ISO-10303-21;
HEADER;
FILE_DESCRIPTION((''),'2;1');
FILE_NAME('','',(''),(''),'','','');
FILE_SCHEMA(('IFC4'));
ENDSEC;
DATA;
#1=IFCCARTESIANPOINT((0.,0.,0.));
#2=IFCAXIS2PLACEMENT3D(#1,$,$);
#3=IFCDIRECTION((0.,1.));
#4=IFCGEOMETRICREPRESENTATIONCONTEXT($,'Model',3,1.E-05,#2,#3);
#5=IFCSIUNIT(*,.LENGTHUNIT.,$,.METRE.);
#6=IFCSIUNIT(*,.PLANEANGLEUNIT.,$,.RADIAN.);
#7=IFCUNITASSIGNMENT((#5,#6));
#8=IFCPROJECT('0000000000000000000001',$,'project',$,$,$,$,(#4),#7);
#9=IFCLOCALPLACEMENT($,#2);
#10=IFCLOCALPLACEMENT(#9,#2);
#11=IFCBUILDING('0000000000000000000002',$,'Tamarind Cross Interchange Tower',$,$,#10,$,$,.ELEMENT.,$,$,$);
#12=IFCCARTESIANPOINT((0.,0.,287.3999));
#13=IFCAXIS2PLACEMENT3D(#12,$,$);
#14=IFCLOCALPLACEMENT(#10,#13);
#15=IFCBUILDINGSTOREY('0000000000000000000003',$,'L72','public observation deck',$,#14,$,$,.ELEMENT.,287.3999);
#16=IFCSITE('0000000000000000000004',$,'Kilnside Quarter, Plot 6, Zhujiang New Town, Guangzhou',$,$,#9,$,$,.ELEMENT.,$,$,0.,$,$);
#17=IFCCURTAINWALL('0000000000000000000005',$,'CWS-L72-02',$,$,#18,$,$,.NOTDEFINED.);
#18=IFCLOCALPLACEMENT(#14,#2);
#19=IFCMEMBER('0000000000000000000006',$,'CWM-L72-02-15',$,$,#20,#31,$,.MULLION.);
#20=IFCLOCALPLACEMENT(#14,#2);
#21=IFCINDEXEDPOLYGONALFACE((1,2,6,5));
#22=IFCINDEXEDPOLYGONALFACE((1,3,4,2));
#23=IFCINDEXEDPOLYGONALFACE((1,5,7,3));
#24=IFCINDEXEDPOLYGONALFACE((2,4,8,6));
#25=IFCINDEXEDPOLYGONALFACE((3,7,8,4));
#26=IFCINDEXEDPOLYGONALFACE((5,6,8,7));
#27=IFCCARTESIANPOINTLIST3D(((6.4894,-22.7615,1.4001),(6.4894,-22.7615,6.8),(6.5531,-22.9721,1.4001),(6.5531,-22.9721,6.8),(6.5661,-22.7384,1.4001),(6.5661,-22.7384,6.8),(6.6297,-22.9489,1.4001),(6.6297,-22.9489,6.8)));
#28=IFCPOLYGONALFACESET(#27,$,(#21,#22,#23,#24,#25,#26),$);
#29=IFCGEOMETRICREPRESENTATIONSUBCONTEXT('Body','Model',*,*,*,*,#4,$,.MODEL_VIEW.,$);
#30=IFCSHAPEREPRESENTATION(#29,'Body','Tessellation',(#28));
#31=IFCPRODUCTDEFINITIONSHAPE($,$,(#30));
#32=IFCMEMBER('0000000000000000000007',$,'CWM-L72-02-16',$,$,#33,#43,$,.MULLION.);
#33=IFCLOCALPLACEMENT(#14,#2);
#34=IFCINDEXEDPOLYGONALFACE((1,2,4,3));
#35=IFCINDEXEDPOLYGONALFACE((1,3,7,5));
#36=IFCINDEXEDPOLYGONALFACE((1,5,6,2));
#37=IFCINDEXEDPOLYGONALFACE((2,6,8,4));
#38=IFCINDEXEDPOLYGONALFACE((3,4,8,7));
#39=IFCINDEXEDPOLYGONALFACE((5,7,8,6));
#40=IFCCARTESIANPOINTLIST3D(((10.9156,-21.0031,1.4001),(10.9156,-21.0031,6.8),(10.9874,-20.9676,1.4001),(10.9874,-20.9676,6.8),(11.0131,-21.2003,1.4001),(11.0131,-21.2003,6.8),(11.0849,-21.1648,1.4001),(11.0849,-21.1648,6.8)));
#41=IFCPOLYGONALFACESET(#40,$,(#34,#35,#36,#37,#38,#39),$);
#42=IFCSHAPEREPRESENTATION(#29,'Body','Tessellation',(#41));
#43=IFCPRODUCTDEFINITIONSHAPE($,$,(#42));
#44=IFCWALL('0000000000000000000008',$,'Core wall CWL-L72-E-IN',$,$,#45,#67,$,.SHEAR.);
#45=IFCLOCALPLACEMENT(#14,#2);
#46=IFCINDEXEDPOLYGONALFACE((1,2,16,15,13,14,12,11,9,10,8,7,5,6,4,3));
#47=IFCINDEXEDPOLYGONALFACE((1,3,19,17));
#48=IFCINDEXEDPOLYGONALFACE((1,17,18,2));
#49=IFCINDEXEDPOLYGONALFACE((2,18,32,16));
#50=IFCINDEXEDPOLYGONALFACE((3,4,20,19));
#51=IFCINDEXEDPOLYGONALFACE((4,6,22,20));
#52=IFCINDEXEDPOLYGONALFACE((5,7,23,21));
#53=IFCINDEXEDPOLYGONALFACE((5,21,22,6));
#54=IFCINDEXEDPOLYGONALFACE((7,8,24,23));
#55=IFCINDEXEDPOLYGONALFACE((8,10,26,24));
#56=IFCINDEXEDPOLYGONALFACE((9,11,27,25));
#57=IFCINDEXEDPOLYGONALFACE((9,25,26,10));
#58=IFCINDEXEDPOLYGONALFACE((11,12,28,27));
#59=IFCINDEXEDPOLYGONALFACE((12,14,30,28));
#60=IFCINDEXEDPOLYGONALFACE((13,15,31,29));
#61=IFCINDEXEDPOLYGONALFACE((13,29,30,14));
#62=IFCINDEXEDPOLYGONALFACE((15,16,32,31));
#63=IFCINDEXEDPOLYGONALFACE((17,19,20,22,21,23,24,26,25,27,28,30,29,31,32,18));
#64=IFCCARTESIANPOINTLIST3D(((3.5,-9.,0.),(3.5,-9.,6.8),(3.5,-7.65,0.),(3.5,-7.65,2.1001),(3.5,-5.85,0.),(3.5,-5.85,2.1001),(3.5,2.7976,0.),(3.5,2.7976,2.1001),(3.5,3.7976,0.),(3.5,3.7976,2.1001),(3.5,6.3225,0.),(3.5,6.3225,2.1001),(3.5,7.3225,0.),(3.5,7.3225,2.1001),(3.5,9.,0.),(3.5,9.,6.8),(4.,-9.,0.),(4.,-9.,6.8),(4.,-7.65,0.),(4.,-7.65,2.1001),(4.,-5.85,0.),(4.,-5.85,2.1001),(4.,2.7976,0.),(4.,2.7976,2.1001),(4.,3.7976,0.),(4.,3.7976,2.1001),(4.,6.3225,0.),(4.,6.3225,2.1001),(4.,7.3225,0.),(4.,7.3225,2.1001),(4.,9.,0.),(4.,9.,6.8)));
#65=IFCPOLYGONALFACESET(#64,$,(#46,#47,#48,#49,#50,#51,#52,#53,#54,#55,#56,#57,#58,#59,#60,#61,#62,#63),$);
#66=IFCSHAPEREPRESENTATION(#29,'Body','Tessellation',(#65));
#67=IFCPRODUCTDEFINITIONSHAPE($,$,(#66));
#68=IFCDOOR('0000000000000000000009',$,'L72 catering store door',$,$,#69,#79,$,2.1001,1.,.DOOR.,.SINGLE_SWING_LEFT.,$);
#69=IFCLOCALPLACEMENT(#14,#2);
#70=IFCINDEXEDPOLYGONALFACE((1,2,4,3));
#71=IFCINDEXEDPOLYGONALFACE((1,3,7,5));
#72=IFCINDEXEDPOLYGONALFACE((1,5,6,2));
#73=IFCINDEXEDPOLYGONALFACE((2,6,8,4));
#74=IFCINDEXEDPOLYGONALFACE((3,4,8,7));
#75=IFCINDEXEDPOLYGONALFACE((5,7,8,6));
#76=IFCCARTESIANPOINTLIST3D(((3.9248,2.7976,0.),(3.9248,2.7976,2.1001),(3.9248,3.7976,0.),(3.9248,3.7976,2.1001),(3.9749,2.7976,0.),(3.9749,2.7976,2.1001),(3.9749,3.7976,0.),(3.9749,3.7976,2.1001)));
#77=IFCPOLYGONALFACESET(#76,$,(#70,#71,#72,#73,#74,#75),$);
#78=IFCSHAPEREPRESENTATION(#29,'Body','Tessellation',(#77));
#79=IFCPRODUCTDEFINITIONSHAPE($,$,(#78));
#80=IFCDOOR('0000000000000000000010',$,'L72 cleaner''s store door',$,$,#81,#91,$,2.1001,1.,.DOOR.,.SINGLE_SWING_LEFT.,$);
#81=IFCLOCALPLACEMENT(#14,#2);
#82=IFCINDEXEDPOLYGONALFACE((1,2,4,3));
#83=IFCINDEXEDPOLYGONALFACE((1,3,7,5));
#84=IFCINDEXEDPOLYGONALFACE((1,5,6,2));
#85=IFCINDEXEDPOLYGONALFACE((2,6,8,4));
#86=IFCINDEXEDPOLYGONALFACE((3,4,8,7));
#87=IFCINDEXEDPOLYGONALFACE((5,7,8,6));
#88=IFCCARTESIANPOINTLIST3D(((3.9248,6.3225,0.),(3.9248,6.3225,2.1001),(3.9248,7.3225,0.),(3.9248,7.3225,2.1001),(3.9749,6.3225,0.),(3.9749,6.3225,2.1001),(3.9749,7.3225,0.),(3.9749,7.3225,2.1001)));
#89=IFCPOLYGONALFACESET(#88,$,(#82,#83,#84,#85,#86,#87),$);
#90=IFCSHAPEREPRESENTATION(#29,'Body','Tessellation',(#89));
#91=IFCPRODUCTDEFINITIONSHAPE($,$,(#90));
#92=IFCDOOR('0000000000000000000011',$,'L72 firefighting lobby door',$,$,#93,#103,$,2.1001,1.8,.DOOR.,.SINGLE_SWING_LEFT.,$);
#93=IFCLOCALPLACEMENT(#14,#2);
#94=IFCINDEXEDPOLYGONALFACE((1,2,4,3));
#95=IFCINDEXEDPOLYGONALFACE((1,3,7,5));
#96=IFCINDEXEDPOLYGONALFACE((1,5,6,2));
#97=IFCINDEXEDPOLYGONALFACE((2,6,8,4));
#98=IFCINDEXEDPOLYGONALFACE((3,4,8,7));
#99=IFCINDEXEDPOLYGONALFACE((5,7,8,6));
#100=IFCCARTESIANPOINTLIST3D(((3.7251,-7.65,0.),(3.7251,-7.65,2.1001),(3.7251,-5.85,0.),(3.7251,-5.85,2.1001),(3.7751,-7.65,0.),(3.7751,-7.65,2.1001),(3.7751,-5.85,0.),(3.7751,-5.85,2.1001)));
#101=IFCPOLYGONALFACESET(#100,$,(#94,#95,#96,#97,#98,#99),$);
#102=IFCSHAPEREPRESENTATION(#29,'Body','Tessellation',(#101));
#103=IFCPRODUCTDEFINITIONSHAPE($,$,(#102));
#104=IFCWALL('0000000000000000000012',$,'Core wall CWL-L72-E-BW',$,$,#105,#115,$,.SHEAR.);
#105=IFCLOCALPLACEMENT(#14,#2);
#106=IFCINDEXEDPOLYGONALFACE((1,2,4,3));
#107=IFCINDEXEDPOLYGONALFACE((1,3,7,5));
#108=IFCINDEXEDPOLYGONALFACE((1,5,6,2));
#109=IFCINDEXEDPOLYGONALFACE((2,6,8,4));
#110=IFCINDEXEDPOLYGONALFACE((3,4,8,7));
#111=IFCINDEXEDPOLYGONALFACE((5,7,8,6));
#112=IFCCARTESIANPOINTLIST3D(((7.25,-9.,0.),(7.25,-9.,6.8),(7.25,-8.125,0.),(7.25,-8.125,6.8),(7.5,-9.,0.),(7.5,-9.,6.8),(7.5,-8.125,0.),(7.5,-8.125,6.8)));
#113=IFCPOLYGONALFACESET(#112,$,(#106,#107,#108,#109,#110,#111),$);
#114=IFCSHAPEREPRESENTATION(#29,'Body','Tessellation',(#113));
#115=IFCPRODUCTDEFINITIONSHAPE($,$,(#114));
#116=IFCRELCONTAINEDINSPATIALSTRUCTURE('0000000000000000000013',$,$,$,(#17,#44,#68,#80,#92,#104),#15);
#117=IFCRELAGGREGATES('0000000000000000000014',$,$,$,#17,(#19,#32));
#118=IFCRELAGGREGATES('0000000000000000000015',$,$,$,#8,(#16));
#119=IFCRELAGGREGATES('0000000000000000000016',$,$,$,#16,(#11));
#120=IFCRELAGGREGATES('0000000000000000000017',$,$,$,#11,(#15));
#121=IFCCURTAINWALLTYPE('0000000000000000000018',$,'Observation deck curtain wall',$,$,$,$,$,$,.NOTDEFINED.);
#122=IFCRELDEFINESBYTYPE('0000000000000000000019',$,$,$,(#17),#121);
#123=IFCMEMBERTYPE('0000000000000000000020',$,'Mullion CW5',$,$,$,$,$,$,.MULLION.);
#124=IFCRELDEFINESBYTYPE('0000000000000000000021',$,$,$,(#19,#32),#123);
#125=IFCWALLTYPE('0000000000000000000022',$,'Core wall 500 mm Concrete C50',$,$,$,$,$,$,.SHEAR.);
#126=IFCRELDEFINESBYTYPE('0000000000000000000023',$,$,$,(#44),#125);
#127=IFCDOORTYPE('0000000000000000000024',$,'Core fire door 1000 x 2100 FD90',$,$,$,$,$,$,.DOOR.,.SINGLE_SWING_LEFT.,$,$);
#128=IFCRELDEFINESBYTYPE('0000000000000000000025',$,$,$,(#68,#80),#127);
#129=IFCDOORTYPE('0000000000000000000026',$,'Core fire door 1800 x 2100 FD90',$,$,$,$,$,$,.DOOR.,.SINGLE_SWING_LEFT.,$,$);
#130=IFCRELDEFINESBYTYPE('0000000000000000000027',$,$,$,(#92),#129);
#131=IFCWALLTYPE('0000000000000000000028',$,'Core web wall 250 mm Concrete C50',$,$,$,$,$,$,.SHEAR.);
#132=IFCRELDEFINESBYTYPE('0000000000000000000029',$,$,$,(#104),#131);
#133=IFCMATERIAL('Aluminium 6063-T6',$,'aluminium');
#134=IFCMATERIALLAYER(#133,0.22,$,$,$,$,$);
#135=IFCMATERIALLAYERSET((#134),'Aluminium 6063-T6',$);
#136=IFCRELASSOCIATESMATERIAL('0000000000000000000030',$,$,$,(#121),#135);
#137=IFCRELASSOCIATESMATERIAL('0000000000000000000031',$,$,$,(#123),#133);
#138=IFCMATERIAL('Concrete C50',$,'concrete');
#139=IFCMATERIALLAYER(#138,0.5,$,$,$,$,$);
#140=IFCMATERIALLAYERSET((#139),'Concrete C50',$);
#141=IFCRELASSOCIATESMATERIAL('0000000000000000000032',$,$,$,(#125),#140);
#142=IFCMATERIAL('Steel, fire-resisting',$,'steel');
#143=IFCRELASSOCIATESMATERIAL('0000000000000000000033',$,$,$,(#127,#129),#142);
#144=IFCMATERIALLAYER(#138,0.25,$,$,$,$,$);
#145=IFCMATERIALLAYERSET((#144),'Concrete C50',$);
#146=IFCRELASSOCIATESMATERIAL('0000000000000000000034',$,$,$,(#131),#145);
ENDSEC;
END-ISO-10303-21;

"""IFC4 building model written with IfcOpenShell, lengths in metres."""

from ifc_helpers import new_model, si_unit, direction, frame, frame_2d, origin, origin_2d, place, context, subcontext, project, spatial, rectangle, extrude, material, layer, layer_set, material_profile, profile_set, type_object, element, fill, aggregate, save


model = new_model("IFC4")

# Units and contexts
model_context = context("Model", 3, precision=1e-05, world=origin(), true_north=direction((0.0, 1.0)))
body_context = subcontext(model_context, "Body", "Model", "MODEL_VIEW")
ifc_project = project(units=[si_unit("LENGTHUNIT", "METRE"), si_unit("PLANEANGLEUNIT", "RADIAN")], contexts=[model_context])

# Site, building, storey
site_placement = place(None, origin())
site = spatial("IfcSite", under=ifc_project, at=site_placement, Name="Kilnside Quarter, Plot 6, Zhujiang New Town, Guangzhou", CompositionType="ELEMENT", RefElevation=0.0)
building_placement = place(site_placement, origin())
building = spatial("IfcBuilding", under=site, at=building_placement, Name="Tamarind Cross Interchange Tower", CompositionType="ELEMENT")
storey_placement = place(building_placement, frame((0.0, 0.0, 287.3999)))
storey = spatial("IfcBuildingStorey", under=building, at=storey_placement, Name="L72", Description="public observation deck", CompositionType="ELEMENT", Elevation=287.3999)

# Curtain wall, members
ifc_material_1 = material(Name="Aluminium 6063-T6", Category="aluminium")
ifc_layer_1 = layer(ifc_material_1, 0.22)
ifc_layer_set_1 = layer_set([ifc_layer_1], Name="Aluminium 6063-T6")
curtain_wall_type = type_object("IfcCurtainWallType", Name="Observation deck curtain wall", PredefinedType="NOTDEFINED", material=ifc_layer_set_1)
curtain_wall_placement = place(storey_placement, origin())
curtain_wall = element("IfcCurtainWall", 1, at=curtain_wall_placement, inside=storey, type_object=curtain_wall_type, Name="CWS-L72-02", PredefinedType="NOTDEFINED")
ifc_material_profile_1 = material_profile(ifc_material_1, rectangle(XDim=0.0801, YDim=0.22, at=origin_2d()), Name="Mullion CW5")
ifc_profile_set_1 = profile_set([ifc_material_profile_1], Name="Aluminium 6063-T6")
member_type = type_object("IfcMemberType", Name="Mullion CW5", PredefinedType="MULLION", material=ifc_profile_set_1)
member_1_placement = place(storey_placement, frame((6.5596, -22.8552, 1.4001), z_axis=(0.0, 0.0, 1.0), x_axis=(0.957191, 0.289458, 0.0)))
member_1 = element("IfcMember", 2, at=member_1_placement, type_object=member_type, Name="CWM-L72-02-15", PredefinedType="MULLION", context=body_context, shape_type="SweptSolid", body=[
    extrude(rectangle(XDim=0.0801, YDim=0.22, at=origin_2d()), origin(), (0.0, 0.0, 1.0), 5.3999),
])
member_2_placement = place(storey_placement, frame((11.0002, -21.084, 1.4001), z_axis=(0.0, 0.0, 1.0), x_axis=(0.896493, 0.443059, 0.0)))
member_2 = element("IfcMember", 3, at=member_2_placement, type_object=member_type, Name="CWM-L72-02-16", PredefinedType="MULLION", context=body_context, shape_type="SweptSolid", body=[
    extrude(rectangle(XDim=0.0801, YDim=0.22, at=origin_2d()), origin(), (0.0, 0.0, 1.0), 5.3999),
])
aggregate(curtain_wall, [member_1, member_2])

# Wall, openings, doors
ifc_material_2 = material(Name="Concrete C50", Category="concrete")
ifc_layer_2 = layer(ifc_material_2, 0.5)
ifc_layer_set_2 = layer_set([ifc_layer_2], Name="Concrete C50")
wall_type_1 = type_object("IfcWallType", Name="Core wall 500 mm Concrete C50", PredefinedType="SHEAR", material=ifc_layer_set_2)
wall_1_placement = place(storey_placement, frame((3.75, -9.0, 0.0), z_axis=(0.0, 0.0, 1.0), x_axis=(0.0, 1.0, 0.0)))
wall_1 = element("IfcWall", 4, at=wall_1_placement, inside=storey, type_object=wall_type_1, Name="Core wall CWL-L72-E-IN", PredefinedType="SHEAR", context=body_context, shape_type="SweptSolid", body=[
    extrude(rectangle(XDim=18.0, YDim=0.5, at=frame_2d((9.0, 0.0))), origin(), (0.0, 0.0, 1.0), 6.8),
])
opening_1_placement = place(wall_1_placement, frame((1.3501, 0.0, 0.0)))
opening_1 = element("IfcOpeningElement", 5, at=opening_1_placement, cuts=wall_1, PredefinedType="OPENING", context=body_context, shape_type="SweptSolid", body=[
    extrude(rectangle(XDim=1.8, YDim=2.1001, at=frame_2d((0.8999, 1.05))), frame((0.0, 0.26, 0.0), z_axis=(0.0, -1.0, 0.0), x_axis=(1.0, 0.0, 0.0)), (0.0, 0.0, 1.0), 0.52),
])
opening_2_placement = place(wall_1_placement, frame((11.7976, 0.0, 0.0)))
opening_2 = element("IfcOpeningElement", 6, at=opening_2_placement, cuts=wall_1, PredefinedType="OPENING", context=body_context, shape_type="SweptSolid", body=[
    extrude(rectangle(XDim=1.0, YDim=2.1001, at=frame_2d((0.5, 1.05))), frame((0.0, 0.26, 0.0), z_axis=(0.0, -1.0, 0.0), x_axis=(1.0, 0.0, 0.0)), (0.0, 0.0, 1.0), 0.52),
])
opening_3_placement = place(wall_1_placement, frame((15.3225, 0.0, 0.0)))
opening_3 = element("IfcOpeningElement", 7, at=opening_3_placement, cuts=wall_1, PredefinedType="OPENING", context=body_context, shape_type="SweptSolid", body=[
    extrude(rectangle(XDim=1.0, YDim=2.1001, at=frame_2d((0.5, 1.05))), frame((0.0, 0.26, 0.0), z_axis=(0.0, -1.0, 0.0), x_axis=(1.0, 0.0, 0.0)), (0.0, 0.0, 1.0), 0.52),
])
ifc_material_3 = material(Name="Steel, fire-resisting", Category="steel")
door_type_1 = type_object("IfcDoorType", Name="Core fire door 1000 x 2100 FD90", OperationType="SINGLE_SWING_LEFT", PredefinedType="DOOR", material=ifc_material_3)
door_1_placement = place(opening_2_placement, origin())
door_1 = element("IfcDoor", 8, at=door_1_placement, inside=storey, type_object=door_type_1, Name="L72 catering store door", OperationType="SINGLE_SWING_LEFT", OverallHeight=2.1001, OverallWidth=1.0, PredefinedType="DOOR", context=body_context, shape_type="SweptSolid", body=[
    extrude(rectangle(XDim=1.0, YDim=2.1001, at=frame_2d((0.5, 1.05))), frame((0.0, -0.1748, 0.0), z_axis=(0.0, -1.0, 0.0), x_axis=(1.0, 0.0, 0.0)), (0.0, 0.0, 1.0), 0.05),
])
fill(opening_2, door_1)
door_2_placement = place(opening_3_placement, origin())
door_2 = element("IfcDoor", 9, at=door_2_placement, inside=storey, type_object=door_type_1, Name="L72 cleaner's store door", OperationType="SINGLE_SWING_LEFT", OverallHeight=2.1001, OverallWidth=1.0, PredefinedType="DOOR", context=body_context, shape_type="SweptSolid", body=[
    extrude(rectangle(XDim=1.0, YDim=2.1001, at=frame_2d((0.5, 1.05))), frame((0.0, -0.1748, 0.0), z_axis=(0.0, -1.0, 0.0), x_axis=(1.0, 0.0, 0.0)), (0.0, 0.0, 1.0), 0.05),
])
fill(opening_3, door_2)
door_type_2 = type_object("IfcDoorType", Name="Core fire door 1800 x 2100 FD90", OperationType="SINGLE_SWING_LEFT", PredefinedType="DOOR", material=ifc_material_3)
door_3_placement = place(opening_1_placement, origin())
door_3 = element("IfcDoor", 10, at=door_3_placement, inside=storey, type_object=door_type_2, Name="L72 firefighting lobby door", OperationType="SINGLE_SWING_LEFT", OverallHeight=2.1001, OverallWidth=1.8, PredefinedType="DOOR", context=body_context, shape_type="SweptSolid", body=[
    extrude(rectangle(XDim=1.8, YDim=2.1001, at=frame_2d((0.8999, 1.05))), frame((0.0, 0.0249, 0.0), z_axis=(0.0, -1.0, 0.0), x_axis=(1.0, 0.0, 0.0)), (0.0, 0.0, 1.0), 0.05),
])
fill(opening_1, door_3)

# Wall
ifc_layer_3 = layer(ifc_material_2, 0.25)
ifc_layer_set_3 = layer_set([ifc_layer_3], Name="Concrete C50")
wall_type_2 = type_object("IfcWallType", Name="Core web wall 250 mm Concrete C50", PredefinedType="SHEAR", material=ifc_layer_set_3)
wall_2_placement = place(storey_placement, frame((7.375, -9.0, 0.0), z_axis=(0.0, 0.0, 1.0), x_axis=(0.0, 1.0, 0.0)))
element("IfcWall", 11, at=wall_2_placement, inside=storey, type_object=wall_type_2, Name="Core wall CWL-L72-E-BW", PredefinedType="SHEAR", context=body_context, shape_type="SweptSolid", body=[
    extrude(rectangle(XDim=0.875, YDim=0.25, at=frame_2d((0.4375, 0.0))), origin(), (0.0, 0.0, 1.0), 6.8),
])

save(model, "model.ifc")
